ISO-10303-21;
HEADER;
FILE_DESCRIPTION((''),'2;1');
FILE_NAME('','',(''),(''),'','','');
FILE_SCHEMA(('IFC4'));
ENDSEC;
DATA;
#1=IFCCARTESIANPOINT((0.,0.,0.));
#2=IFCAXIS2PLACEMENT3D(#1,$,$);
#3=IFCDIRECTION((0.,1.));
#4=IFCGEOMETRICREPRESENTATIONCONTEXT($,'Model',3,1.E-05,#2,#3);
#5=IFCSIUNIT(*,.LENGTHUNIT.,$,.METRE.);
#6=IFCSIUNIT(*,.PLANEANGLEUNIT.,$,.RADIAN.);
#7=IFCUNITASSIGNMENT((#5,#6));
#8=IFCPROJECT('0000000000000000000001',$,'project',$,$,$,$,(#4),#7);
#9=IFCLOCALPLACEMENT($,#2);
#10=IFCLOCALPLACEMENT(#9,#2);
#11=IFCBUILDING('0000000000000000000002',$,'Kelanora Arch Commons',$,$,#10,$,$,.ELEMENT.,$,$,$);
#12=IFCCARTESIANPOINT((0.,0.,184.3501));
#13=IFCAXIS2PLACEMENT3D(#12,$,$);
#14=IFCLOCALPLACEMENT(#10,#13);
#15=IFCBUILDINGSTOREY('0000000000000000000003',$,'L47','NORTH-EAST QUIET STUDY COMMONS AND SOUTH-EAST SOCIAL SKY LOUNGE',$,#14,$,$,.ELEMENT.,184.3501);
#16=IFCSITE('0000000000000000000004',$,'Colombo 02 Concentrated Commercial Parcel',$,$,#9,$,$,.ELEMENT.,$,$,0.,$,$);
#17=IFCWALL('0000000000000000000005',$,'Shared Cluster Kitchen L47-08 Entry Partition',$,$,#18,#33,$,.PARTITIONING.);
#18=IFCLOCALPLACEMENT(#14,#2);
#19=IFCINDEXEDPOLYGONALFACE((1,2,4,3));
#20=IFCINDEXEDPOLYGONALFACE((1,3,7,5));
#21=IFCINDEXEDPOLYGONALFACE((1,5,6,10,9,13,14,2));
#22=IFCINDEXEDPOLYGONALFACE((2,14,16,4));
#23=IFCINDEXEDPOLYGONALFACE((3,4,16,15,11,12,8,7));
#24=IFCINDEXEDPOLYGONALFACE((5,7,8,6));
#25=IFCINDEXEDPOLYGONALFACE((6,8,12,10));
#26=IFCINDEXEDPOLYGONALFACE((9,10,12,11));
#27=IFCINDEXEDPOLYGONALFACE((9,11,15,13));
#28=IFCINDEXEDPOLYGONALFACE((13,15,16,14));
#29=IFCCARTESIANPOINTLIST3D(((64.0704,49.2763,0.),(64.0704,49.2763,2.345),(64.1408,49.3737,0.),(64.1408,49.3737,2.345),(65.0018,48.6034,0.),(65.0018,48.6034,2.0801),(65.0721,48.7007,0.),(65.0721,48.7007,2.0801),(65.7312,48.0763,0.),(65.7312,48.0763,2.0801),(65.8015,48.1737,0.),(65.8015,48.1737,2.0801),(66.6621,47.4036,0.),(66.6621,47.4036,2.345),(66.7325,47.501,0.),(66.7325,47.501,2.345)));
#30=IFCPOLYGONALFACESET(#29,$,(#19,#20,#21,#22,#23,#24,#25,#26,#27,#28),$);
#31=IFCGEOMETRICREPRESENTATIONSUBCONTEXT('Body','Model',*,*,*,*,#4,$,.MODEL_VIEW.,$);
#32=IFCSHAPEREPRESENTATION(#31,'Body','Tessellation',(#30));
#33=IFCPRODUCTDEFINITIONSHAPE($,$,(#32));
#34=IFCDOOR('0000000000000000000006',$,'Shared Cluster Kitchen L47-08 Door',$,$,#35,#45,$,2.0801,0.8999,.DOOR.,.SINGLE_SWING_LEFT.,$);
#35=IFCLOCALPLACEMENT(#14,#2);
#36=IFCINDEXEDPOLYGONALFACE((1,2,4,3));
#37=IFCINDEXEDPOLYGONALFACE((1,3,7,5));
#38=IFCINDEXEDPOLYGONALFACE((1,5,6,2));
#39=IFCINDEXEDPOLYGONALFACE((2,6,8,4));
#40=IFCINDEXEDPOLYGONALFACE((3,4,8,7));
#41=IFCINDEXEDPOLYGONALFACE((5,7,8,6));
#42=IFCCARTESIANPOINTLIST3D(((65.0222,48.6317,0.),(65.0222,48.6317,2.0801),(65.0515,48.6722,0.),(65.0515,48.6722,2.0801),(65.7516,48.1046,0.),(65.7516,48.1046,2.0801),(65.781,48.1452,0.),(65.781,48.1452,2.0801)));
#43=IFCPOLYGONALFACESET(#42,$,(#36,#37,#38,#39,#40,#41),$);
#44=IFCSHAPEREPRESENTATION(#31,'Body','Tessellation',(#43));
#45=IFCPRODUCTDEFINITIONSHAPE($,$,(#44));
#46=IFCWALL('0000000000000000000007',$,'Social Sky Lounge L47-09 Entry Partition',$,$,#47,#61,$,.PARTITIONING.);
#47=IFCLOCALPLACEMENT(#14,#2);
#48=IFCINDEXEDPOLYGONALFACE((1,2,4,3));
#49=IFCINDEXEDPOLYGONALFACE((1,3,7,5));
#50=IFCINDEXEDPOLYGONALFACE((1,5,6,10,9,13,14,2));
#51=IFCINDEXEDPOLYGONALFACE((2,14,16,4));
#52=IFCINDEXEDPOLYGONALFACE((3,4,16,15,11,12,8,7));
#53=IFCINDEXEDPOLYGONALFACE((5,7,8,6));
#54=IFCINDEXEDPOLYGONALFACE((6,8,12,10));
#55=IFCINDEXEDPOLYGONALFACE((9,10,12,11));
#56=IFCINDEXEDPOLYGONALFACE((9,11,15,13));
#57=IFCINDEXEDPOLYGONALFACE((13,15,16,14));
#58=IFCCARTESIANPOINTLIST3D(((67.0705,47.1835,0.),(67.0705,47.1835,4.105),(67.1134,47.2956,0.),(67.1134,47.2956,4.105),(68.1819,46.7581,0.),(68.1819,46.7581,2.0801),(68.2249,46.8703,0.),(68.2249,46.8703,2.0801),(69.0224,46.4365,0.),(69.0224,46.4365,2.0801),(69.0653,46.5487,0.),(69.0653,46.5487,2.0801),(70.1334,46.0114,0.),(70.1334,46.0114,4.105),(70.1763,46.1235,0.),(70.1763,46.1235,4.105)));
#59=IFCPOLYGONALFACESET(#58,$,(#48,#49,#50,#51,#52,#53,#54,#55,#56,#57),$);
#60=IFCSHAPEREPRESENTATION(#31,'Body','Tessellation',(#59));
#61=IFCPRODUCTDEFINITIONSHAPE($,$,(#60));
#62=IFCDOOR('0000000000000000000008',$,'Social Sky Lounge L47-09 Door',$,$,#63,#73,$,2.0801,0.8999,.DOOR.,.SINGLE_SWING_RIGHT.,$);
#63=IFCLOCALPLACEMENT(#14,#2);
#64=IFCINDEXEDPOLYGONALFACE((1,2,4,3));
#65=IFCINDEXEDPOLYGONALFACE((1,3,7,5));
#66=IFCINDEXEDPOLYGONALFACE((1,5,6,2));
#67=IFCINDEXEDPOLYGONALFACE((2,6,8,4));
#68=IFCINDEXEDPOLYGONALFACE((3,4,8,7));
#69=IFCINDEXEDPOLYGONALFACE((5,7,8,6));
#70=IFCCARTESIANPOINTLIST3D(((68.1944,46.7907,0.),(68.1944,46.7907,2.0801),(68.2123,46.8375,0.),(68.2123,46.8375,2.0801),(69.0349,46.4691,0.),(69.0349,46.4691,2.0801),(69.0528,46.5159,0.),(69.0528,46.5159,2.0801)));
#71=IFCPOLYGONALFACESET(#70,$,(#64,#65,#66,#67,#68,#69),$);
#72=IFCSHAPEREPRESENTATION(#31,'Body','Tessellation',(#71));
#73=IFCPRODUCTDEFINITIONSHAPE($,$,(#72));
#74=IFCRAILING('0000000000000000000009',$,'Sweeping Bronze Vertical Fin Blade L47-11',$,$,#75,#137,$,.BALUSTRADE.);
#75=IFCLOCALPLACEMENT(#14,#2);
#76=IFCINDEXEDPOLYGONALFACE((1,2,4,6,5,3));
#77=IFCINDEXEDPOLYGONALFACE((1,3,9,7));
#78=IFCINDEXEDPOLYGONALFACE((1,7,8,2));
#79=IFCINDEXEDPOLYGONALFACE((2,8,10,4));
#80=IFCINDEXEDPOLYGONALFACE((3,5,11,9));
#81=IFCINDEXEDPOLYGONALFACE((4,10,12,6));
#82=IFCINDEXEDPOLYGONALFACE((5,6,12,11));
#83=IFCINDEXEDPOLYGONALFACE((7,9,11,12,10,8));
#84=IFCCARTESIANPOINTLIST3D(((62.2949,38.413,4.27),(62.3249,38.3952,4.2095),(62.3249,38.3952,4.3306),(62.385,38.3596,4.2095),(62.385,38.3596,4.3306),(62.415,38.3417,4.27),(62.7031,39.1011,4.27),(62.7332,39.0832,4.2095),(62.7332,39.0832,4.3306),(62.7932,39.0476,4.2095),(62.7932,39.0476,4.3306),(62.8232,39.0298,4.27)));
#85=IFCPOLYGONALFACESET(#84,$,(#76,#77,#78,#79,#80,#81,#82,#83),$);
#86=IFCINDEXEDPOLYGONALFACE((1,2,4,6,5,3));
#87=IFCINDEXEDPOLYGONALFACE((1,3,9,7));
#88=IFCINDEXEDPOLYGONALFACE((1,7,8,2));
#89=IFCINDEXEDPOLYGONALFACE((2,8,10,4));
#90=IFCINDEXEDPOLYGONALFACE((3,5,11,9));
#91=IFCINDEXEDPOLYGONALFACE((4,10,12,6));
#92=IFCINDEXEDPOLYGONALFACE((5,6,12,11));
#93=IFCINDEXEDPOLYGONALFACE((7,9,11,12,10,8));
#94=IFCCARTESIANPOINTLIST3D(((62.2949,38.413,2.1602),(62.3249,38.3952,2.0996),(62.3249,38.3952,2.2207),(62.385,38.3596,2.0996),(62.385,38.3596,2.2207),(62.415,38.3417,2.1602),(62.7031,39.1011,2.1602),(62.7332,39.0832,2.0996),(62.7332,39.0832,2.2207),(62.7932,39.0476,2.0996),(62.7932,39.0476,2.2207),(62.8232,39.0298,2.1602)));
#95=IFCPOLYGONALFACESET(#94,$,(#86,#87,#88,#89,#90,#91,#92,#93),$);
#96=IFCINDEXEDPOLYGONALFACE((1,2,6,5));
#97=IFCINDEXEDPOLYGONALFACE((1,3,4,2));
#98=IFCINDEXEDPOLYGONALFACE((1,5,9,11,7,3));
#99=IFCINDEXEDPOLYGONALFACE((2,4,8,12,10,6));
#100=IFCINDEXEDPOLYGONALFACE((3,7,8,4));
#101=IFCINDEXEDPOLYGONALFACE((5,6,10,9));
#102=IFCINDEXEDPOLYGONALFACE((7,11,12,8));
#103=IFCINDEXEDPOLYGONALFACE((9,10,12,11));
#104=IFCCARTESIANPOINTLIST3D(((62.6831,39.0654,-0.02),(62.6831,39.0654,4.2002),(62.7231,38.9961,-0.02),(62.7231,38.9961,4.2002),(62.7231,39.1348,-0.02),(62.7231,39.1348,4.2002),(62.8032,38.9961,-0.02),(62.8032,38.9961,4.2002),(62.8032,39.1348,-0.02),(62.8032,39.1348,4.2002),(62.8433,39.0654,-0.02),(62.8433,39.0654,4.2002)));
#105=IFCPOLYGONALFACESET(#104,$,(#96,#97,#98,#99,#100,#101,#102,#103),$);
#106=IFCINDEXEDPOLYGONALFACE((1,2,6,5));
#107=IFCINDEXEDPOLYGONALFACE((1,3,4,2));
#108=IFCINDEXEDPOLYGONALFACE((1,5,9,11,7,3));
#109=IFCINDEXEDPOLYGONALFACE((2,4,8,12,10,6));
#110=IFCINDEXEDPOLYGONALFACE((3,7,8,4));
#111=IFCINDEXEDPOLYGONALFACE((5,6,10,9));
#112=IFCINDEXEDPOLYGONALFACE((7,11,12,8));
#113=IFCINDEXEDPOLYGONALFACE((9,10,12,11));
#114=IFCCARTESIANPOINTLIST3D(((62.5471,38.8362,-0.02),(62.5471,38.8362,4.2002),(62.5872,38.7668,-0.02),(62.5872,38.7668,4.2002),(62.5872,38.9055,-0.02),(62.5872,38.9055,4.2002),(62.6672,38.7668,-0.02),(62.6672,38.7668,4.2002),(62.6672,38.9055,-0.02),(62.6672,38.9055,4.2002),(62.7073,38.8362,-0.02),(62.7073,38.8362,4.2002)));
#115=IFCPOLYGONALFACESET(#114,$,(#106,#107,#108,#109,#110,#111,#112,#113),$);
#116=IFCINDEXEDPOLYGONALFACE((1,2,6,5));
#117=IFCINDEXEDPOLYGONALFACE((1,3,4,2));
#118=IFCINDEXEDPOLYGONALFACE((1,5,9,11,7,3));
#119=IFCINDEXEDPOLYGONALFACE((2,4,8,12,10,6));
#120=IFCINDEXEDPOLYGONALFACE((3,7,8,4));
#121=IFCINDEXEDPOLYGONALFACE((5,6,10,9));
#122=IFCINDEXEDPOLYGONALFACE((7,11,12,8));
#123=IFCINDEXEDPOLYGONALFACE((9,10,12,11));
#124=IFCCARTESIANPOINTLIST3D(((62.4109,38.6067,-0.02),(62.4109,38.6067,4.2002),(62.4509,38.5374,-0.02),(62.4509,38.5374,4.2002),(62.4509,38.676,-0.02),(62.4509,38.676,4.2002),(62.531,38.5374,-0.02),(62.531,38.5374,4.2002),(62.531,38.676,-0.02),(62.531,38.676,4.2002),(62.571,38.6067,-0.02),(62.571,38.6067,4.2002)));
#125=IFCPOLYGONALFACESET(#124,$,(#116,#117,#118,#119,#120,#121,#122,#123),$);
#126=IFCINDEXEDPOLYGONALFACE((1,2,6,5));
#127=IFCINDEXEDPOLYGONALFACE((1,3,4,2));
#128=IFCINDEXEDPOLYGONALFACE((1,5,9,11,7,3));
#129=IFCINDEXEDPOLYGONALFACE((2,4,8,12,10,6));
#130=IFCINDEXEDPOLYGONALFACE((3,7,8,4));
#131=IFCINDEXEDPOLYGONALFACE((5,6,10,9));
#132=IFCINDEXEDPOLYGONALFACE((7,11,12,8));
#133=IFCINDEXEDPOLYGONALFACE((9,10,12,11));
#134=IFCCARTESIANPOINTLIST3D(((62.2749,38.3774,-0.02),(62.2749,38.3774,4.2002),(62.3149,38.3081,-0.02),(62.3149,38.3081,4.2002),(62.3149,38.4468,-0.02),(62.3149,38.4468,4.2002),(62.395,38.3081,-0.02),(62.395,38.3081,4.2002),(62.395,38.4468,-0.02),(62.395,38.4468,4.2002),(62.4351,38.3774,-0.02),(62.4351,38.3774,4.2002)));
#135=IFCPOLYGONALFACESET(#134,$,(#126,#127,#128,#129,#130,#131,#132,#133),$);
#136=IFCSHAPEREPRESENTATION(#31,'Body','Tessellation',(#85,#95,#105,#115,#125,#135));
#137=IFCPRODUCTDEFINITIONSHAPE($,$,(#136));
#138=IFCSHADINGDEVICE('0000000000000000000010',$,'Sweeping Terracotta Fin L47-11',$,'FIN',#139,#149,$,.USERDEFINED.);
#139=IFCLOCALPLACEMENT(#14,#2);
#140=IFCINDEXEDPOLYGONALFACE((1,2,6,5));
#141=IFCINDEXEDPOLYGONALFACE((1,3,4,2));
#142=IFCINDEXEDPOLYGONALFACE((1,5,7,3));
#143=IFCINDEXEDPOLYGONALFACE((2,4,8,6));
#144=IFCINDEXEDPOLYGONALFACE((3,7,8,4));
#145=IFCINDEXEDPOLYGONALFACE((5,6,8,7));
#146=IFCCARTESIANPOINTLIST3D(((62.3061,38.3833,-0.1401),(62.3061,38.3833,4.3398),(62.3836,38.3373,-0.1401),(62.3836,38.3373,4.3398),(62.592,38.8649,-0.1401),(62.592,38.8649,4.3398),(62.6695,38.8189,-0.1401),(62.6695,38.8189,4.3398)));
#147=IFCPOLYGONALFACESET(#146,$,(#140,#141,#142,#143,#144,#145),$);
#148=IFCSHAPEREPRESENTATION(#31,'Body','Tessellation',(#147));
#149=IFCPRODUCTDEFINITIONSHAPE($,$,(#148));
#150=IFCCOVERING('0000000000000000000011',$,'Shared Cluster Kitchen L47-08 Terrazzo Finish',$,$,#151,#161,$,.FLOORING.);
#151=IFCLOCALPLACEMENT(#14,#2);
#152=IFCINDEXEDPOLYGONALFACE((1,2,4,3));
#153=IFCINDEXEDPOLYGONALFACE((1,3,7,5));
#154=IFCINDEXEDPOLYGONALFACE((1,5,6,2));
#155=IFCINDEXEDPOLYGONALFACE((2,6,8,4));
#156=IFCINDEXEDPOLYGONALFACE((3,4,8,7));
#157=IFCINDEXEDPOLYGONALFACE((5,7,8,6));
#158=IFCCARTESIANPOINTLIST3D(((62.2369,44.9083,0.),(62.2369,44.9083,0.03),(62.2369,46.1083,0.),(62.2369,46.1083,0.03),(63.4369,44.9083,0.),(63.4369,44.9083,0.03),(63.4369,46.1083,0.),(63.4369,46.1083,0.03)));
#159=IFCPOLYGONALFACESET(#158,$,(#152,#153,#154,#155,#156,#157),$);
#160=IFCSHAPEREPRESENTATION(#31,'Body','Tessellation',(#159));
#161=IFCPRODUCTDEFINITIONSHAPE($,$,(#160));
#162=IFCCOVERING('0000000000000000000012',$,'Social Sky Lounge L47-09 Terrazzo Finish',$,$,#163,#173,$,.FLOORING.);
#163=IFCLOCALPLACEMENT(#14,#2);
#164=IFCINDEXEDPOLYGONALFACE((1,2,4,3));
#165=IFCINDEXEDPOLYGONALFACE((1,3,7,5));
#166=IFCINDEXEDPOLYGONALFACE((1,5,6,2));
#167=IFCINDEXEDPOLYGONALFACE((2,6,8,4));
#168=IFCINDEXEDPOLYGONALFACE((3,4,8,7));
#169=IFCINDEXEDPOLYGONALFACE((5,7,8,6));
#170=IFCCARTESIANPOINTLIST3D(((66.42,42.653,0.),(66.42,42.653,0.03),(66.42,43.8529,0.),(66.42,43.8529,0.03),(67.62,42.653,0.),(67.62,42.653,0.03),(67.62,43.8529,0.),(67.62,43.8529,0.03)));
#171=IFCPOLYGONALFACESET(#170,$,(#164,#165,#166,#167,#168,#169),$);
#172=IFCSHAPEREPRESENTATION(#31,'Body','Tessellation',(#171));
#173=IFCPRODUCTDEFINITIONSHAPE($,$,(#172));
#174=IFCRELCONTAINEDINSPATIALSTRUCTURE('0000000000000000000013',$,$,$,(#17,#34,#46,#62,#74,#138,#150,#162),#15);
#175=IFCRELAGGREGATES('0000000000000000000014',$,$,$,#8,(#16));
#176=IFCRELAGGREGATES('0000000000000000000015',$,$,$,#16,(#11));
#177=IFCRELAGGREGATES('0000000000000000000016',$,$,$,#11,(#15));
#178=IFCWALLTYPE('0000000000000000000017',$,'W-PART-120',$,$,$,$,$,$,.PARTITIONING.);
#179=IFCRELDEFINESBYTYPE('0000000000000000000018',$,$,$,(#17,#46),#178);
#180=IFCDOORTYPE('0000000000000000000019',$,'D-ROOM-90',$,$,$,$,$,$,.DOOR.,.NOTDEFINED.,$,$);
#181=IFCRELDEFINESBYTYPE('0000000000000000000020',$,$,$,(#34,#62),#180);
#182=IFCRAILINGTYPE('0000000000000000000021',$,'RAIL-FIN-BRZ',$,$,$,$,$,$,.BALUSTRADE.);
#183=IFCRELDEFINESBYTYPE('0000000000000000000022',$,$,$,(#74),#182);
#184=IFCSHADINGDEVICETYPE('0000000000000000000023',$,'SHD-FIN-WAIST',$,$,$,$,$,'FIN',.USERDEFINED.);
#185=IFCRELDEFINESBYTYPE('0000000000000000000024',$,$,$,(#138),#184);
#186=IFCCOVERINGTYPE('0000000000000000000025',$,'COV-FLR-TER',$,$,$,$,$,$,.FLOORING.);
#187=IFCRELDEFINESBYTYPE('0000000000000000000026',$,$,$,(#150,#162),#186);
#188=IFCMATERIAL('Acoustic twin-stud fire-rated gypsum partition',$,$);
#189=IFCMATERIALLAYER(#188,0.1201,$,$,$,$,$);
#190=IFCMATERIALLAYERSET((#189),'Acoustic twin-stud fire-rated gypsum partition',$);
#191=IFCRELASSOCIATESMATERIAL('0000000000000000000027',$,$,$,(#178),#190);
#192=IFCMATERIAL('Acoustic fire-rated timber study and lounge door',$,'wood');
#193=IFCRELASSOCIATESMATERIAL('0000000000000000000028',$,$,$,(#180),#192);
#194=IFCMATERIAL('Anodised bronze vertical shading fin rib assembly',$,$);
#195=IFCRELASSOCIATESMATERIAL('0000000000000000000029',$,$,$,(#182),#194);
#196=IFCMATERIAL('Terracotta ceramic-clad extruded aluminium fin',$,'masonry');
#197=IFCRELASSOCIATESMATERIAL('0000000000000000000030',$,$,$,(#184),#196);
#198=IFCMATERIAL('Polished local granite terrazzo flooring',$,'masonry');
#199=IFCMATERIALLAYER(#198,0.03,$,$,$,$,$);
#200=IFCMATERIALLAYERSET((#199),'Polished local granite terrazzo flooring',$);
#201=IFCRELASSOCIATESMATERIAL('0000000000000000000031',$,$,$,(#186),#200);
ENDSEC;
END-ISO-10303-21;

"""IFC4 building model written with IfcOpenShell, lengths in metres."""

from ifc_helpers import new_model, si_unit, direction, frame, frame_2d, origin, origin_2d, place, context, subcontext, project, spatial, polyline, rectangle, outline, extrude, source, transform, mapped, material, layer, layer_set, type_object, element, fill, save


model = new_model("IFC4")

# Units and contexts
model_context = context("Model", 3, precision=1e-05, world=origin(), true_north=direction((0.0, 1.0)))
body_context = subcontext(model_context, "Body", "Model", "MODEL_VIEW")
ifc_project = project(units=[si_unit("LENGTHUNIT", "METRE"), si_unit("PLANEANGLEUNIT", "RADIAN")], contexts=[model_context])

# Site, building, storey
site_placement = place(None, origin())
site = spatial("IfcSite", under=ifc_project, at=site_placement, Name="Colombo 02 Concentrated Commercial Parcel", CompositionType="ELEMENT", RefElevation=0.0)
building_placement = place(site_placement, origin())
building = spatial("IfcBuilding", under=site, at=building_placement, Name="Kelanora Arch Commons", CompositionType="ELEMENT")
storey_placement = place(building_placement, frame((0.0, 0.0, 184.3501)))
storey = spatial("IfcBuildingStorey", under=building, at=storey_placement, Name="L47", Description="NORTH-EAST QUIET STUDY COMMONS AND SOUTH-EAST SOCIAL SKY LOUNGE", CompositionType="ELEMENT", Elevation=184.3501)

# Walls, openings, doors
ifc_material_1 = material(Name="Acoustic twin-stud fire-rated gypsum partition")
ifc_layer_1 = layer(ifc_material_1, 0.1201)
ifc_layer_set_1 = layer_set([ifc_layer_1], Name="Acoustic twin-stud fire-rated gypsum partition")
wall_type_1 = type_object("IfcWallType", Name="W-PART-120", PredefinedType="PARTITIONING", material=ifc_layer_set_1)
ifc_material_2 = material(Name="Acoustic fire-rated timber study and lounge door", Category="wood")
door_type = type_object("IfcDoorType", Name="D-ROOM-90", OperationType="NOTDEFINED", PredefinedType="DOOR", material=ifc_material_2)
wall_1_placement = place(storey_placement, frame((64.1057, 49.325, 0.0), z_axis=(0.0, 0.0, 1.0), x_axis=(0.810538, -0.585686, 0.0)))
wall_1 = element("IfcWall", 1, at=wall_1_placement, inside=storey, type_object=wall_type_1, Name="Shared Cluster Kitchen L47-08 Entry Partition", PredefinedType="PARTITIONING", context=body_context, shape_type="SweptSolid", body=[
    extrude(rectangle(XDim=3.1975, YDim=0.1201, at=frame_2d((1.5986, 0.0))), origin(), (0.0, 0.0, 1.0), 2.345),
])
opening_1_placement = place(wall_1_placement, frame((1.1489, 0.0, 0.0)))
opening_1 = element("IfcOpeningElement", 2, at=opening_1_placement, cuts=wall_1, PredefinedType="OPENING", context=body_context, shape_type="SweptSolid", body=[
    extrude(rectangle(XDim=0.8999, YDim=2.0801, at=frame_2d((0.45, 1.04))), frame((0.0, 0.0701, 0.0), z_axis=(0.0, -1.0, 0.0), x_axis=(1.0, 0.0, 0.0)), (0.0, 0.0, 1.0), 0.1401),
])
door_1_placement = place(opening_1_placement, origin())
door_1 = element("IfcDoor", 3, at=door_1_placement, inside=storey, type_object=door_type, Name="Shared Cluster Kitchen L47-08 Door", OperationType="SINGLE_SWING_LEFT", OverallHeight=2.0801, OverallWidth=0.8999, PredefinedType="DOOR", context=body_context, shape_type="SweptSolid", body=[
    extrude(rectangle(XDim=0.8999, YDim=2.0801, at=frame_2d((0.45, 1.04))), frame((0.0, 0.0249, 0.0), z_axis=(0.0, -1.0, 0.0), x_axis=(1.0, 0.0, 0.0)), (0.0, 0.0, 1.0), 0.05),
])
fill(opening_1, door_1)
wall_2_placement = place(storey_placement, frame((67.092, 47.2395, 0.0), z_axis=(0.0, 0.0, 1.0), x_axis=(0.933952, -0.357397, 0.0)))
wall_2 = element("IfcWall", 4, at=wall_2_placement, inside=storey, type_object=wall_type_1, Name="Social Sky Lounge L47-09 Entry Partition", PredefinedType="PARTITIONING", context=body_context, shape_type="SweptSolid", body=[
    extrude(rectangle(XDim=3.2795, YDim=0.1201, at=frame_2d((1.6396, 0.0))), origin(), (0.0, 0.0, 1.0), 4.105),
])
opening_2_placement = place(wall_2_placement, frame((1.1899, 0.0, 0.0)))
opening_2 = element("IfcOpeningElement", 5, at=opening_2_placement, cuts=wall_2, PredefinedType="OPENING", context=body_context, shape_type="SweptSolid", body=[
    extrude(rectangle(XDim=0.8999, YDim=2.0801, at=frame_2d((0.45, 1.04))), frame((0.0, 0.0701, 0.0), z_axis=(0.0, -1.0, 0.0), x_axis=(1.0, 0.0, 0.0)), (0.0, 0.0, 1.0), 0.1401),
])
door_2_placement = place(opening_2_placement, origin())
door_2 = element("IfcDoor", 6, at=door_2_placement, inside=storey, type_object=door_type, Name="Social Sky Lounge L47-09 Door", OperationType="SINGLE_SWING_RIGHT", OverallHeight=2.0801, OverallWidth=0.8999, PredefinedType="DOOR", context=body_context, shape_type="SweptSolid", body=[
    extrude(rectangle(XDim=0.8999, YDim=2.0801, at=frame_2d((0.45, 1.04))), frame((0.0, 0.0249, 0.0), z_axis=(0.0, -1.0, 0.0), x_axis=(1.0, 0.0, 0.0)), (0.0, 0.0, 1.0), 0.05),
])
fill(opening_2, door_2)

# Railing
ifc_material_3 = material(Name="Anodised bronze vertical shading fin rib assembly")
railing_type = type_object("IfcRailingType", Name="RAIL-FIN-BRZ", PredefinedType="BALUSTRADE", material=ifc_material_3)
railing_placement = place(storey_placement, frame((62.7632, 39.0654, -0.02)))
element("IfcRailing", 7, at=railing_placement, inside=storey, type_object=railing_type, Name="Sweeping Bronze Vertical Fin Blade L47-11", PredefinedType="BALUSTRADE", context=body_context, shape_type="SweptSolid", body=[
    extrude(outline(polyline([(0.0698, 0.0), (0.0349, 0.0605), (-0.0349, 0.0605), (-0.0698, 0.0), (-0.0349, -0.0605), (0.0349, -0.0605), (0.0698, 0.0)])), frame((0.0, 0.0, 4.29), z_axis=(-0.510271, -0.860014, 0.0), x_axis=(0.860014, -0.510271, 0.0)), (0.0, 0.0, 1.0), 0.8),
    extrude(outline(polyline([(0.0698, 0.0), (0.0349, 0.0605), (-0.0349, 0.0605), (-0.0698, 0.0), (-0.0349, -0.0605), (0.0349, -0.0605), (0.0698, 0.0)])), frame((0.0, 0.0, 2.1802), z_axis=(-0.510271, -0.860014, 0.0), x_axis=(0.860014, -0.510271, 0.0)), (0.0, 0.0, 1.0), 0.8),
    extrude(outline(polyline([(0.0801, 0.0), (0.04, 0.0693), (-0.04, 0.0693), (-0.0801, 0.0), (-0.04, -0.0693), (0.04, -0.0693), (0.0801, 0.0)])), origin(), (0.0, 0.0, 1.0), 4.2202),
    extrude(outline(polyline([(0.0801, 0.0), (0.04, 0.0693), (-0.04, 0.0693), (-0.0801, 0.0), (-0.04, -0.0693), (0.04, -0.0693), (0.0801, 0.0)])), frame((-0.136, -0.2292, 0.0)), (0.0, 0.0, 1.0), 4.2202),
    extrude(outline(polyline([(0.0801, 0.0), (0.04, 0.0693), (-0.04, 0.0693), (-0.0801, 0.0), (-0.04, -0.0693), (0.04, -0.0693), (0.0801, 0.0)])), frame((-0.2722, -0.4587, 0.0)), (0.0, 0.0, 1.0), 4.2202),
    extrude(outline(polyline([(0.0801, 0.0), (0.04, 0.0693), (-0.04, 0.0693), (-0.0801, 0.0), (-0.04, -0.0693), (0.04, -0.0693), (0.0801, 0.0)])), frame((-0.4082, -0.688, 0.0)), (0.0, 0.0, 1.0), 4.2202),
])

# Shading device
ifc_material_4 = material(Name="Terracotta ceramic-clad extruded aluminium fin", Category="masonry")
shading_device_type = type_object("IfcShadingDeviceType", Name="SHD-FIN-WAIST", ElementType="FIN", PredefinedType="USERDEFINED", material=ifc_material_4)
shared_shape_1 = source(origin(), body_context, "Body", "SweptSolid", [
    extrude(rectangle(XDim=0.5601, YDim=0.0901, at=origin_2d()), origin(), (0.0, 0.0, 1.0), 4.48),
])
shading_device_placement = place(storey_placement, frame((62.4878, 38.6011, -0.1401), z_axis=(0.0, 0.0, 1.0), x_axis=(-0.510393, -0.859941, 0.0)))
element("IfcShadingDevice", 8, at=shading_device_placement, inside=storey, type_object=shading_device_type, Name="Sweeping Terracotta Fin L47-11", ObjectType="FIN", PredefinedType="USERDEFINED", context=body_context, shape_type="MappedRepresentation", body=[
    mapped(shared_shape_1, transform((0.0, 0.0, 0.0), scale=1.0)),
])

# Coverings
ifc_material_5 = material(Name="Polished local granite terrazzo flooring", Category="masonry")
ifc_layer_2 = layer(ifc_material_5, 0.03)
ifc_layer_set_2 = layer_set([ifc_layer_2], Name="Polished local granite terrazzo flooring")
covering_type = type_object("IfcCoveringType", Name="COV-FLR-TER", PredefinedType="FLOORING", material=ifc_layer_set_2)
shared_shape_2 = source(origin(), body_context, "Body", "SweptSolid", [
    extrude(rectangle(XDim=1.2, YDim=1.2, at=origin_2d()), origin(), (0.0, 0.0, 1.0), 0.03),
])
for number, where, z_axis, x_axis, name in (
    (9, (62.8369, 45.5083, 0.0), (0.0, 0.0, 1.0), (1.0, 0.0, 0.0), "Shared Cluster Kitchen L47-08 Terrazzo Finish"),
    (10, (67.02, 43.2529, 0.0), (0.0, 0.0, 1.0), (1.0, 0.0, 0.0), "Social Sky Lounge L47-09 Terrazzo Finish"),
):
    element("IfcCovering", number, at=place(storey_placement, frame(where, z_axis=z_axis, x_axis=x_axis)), inside=storey, type_object=covering_type, Name=name, PredefinedType="FLOORING", context=body_context, shape_type="MappedRepresentation", body=[
        mapped(shared_shape_2, transform((0.0, 0.0, 0.0), scale=1.0)),
    ])

save(model, "model.ifc")
